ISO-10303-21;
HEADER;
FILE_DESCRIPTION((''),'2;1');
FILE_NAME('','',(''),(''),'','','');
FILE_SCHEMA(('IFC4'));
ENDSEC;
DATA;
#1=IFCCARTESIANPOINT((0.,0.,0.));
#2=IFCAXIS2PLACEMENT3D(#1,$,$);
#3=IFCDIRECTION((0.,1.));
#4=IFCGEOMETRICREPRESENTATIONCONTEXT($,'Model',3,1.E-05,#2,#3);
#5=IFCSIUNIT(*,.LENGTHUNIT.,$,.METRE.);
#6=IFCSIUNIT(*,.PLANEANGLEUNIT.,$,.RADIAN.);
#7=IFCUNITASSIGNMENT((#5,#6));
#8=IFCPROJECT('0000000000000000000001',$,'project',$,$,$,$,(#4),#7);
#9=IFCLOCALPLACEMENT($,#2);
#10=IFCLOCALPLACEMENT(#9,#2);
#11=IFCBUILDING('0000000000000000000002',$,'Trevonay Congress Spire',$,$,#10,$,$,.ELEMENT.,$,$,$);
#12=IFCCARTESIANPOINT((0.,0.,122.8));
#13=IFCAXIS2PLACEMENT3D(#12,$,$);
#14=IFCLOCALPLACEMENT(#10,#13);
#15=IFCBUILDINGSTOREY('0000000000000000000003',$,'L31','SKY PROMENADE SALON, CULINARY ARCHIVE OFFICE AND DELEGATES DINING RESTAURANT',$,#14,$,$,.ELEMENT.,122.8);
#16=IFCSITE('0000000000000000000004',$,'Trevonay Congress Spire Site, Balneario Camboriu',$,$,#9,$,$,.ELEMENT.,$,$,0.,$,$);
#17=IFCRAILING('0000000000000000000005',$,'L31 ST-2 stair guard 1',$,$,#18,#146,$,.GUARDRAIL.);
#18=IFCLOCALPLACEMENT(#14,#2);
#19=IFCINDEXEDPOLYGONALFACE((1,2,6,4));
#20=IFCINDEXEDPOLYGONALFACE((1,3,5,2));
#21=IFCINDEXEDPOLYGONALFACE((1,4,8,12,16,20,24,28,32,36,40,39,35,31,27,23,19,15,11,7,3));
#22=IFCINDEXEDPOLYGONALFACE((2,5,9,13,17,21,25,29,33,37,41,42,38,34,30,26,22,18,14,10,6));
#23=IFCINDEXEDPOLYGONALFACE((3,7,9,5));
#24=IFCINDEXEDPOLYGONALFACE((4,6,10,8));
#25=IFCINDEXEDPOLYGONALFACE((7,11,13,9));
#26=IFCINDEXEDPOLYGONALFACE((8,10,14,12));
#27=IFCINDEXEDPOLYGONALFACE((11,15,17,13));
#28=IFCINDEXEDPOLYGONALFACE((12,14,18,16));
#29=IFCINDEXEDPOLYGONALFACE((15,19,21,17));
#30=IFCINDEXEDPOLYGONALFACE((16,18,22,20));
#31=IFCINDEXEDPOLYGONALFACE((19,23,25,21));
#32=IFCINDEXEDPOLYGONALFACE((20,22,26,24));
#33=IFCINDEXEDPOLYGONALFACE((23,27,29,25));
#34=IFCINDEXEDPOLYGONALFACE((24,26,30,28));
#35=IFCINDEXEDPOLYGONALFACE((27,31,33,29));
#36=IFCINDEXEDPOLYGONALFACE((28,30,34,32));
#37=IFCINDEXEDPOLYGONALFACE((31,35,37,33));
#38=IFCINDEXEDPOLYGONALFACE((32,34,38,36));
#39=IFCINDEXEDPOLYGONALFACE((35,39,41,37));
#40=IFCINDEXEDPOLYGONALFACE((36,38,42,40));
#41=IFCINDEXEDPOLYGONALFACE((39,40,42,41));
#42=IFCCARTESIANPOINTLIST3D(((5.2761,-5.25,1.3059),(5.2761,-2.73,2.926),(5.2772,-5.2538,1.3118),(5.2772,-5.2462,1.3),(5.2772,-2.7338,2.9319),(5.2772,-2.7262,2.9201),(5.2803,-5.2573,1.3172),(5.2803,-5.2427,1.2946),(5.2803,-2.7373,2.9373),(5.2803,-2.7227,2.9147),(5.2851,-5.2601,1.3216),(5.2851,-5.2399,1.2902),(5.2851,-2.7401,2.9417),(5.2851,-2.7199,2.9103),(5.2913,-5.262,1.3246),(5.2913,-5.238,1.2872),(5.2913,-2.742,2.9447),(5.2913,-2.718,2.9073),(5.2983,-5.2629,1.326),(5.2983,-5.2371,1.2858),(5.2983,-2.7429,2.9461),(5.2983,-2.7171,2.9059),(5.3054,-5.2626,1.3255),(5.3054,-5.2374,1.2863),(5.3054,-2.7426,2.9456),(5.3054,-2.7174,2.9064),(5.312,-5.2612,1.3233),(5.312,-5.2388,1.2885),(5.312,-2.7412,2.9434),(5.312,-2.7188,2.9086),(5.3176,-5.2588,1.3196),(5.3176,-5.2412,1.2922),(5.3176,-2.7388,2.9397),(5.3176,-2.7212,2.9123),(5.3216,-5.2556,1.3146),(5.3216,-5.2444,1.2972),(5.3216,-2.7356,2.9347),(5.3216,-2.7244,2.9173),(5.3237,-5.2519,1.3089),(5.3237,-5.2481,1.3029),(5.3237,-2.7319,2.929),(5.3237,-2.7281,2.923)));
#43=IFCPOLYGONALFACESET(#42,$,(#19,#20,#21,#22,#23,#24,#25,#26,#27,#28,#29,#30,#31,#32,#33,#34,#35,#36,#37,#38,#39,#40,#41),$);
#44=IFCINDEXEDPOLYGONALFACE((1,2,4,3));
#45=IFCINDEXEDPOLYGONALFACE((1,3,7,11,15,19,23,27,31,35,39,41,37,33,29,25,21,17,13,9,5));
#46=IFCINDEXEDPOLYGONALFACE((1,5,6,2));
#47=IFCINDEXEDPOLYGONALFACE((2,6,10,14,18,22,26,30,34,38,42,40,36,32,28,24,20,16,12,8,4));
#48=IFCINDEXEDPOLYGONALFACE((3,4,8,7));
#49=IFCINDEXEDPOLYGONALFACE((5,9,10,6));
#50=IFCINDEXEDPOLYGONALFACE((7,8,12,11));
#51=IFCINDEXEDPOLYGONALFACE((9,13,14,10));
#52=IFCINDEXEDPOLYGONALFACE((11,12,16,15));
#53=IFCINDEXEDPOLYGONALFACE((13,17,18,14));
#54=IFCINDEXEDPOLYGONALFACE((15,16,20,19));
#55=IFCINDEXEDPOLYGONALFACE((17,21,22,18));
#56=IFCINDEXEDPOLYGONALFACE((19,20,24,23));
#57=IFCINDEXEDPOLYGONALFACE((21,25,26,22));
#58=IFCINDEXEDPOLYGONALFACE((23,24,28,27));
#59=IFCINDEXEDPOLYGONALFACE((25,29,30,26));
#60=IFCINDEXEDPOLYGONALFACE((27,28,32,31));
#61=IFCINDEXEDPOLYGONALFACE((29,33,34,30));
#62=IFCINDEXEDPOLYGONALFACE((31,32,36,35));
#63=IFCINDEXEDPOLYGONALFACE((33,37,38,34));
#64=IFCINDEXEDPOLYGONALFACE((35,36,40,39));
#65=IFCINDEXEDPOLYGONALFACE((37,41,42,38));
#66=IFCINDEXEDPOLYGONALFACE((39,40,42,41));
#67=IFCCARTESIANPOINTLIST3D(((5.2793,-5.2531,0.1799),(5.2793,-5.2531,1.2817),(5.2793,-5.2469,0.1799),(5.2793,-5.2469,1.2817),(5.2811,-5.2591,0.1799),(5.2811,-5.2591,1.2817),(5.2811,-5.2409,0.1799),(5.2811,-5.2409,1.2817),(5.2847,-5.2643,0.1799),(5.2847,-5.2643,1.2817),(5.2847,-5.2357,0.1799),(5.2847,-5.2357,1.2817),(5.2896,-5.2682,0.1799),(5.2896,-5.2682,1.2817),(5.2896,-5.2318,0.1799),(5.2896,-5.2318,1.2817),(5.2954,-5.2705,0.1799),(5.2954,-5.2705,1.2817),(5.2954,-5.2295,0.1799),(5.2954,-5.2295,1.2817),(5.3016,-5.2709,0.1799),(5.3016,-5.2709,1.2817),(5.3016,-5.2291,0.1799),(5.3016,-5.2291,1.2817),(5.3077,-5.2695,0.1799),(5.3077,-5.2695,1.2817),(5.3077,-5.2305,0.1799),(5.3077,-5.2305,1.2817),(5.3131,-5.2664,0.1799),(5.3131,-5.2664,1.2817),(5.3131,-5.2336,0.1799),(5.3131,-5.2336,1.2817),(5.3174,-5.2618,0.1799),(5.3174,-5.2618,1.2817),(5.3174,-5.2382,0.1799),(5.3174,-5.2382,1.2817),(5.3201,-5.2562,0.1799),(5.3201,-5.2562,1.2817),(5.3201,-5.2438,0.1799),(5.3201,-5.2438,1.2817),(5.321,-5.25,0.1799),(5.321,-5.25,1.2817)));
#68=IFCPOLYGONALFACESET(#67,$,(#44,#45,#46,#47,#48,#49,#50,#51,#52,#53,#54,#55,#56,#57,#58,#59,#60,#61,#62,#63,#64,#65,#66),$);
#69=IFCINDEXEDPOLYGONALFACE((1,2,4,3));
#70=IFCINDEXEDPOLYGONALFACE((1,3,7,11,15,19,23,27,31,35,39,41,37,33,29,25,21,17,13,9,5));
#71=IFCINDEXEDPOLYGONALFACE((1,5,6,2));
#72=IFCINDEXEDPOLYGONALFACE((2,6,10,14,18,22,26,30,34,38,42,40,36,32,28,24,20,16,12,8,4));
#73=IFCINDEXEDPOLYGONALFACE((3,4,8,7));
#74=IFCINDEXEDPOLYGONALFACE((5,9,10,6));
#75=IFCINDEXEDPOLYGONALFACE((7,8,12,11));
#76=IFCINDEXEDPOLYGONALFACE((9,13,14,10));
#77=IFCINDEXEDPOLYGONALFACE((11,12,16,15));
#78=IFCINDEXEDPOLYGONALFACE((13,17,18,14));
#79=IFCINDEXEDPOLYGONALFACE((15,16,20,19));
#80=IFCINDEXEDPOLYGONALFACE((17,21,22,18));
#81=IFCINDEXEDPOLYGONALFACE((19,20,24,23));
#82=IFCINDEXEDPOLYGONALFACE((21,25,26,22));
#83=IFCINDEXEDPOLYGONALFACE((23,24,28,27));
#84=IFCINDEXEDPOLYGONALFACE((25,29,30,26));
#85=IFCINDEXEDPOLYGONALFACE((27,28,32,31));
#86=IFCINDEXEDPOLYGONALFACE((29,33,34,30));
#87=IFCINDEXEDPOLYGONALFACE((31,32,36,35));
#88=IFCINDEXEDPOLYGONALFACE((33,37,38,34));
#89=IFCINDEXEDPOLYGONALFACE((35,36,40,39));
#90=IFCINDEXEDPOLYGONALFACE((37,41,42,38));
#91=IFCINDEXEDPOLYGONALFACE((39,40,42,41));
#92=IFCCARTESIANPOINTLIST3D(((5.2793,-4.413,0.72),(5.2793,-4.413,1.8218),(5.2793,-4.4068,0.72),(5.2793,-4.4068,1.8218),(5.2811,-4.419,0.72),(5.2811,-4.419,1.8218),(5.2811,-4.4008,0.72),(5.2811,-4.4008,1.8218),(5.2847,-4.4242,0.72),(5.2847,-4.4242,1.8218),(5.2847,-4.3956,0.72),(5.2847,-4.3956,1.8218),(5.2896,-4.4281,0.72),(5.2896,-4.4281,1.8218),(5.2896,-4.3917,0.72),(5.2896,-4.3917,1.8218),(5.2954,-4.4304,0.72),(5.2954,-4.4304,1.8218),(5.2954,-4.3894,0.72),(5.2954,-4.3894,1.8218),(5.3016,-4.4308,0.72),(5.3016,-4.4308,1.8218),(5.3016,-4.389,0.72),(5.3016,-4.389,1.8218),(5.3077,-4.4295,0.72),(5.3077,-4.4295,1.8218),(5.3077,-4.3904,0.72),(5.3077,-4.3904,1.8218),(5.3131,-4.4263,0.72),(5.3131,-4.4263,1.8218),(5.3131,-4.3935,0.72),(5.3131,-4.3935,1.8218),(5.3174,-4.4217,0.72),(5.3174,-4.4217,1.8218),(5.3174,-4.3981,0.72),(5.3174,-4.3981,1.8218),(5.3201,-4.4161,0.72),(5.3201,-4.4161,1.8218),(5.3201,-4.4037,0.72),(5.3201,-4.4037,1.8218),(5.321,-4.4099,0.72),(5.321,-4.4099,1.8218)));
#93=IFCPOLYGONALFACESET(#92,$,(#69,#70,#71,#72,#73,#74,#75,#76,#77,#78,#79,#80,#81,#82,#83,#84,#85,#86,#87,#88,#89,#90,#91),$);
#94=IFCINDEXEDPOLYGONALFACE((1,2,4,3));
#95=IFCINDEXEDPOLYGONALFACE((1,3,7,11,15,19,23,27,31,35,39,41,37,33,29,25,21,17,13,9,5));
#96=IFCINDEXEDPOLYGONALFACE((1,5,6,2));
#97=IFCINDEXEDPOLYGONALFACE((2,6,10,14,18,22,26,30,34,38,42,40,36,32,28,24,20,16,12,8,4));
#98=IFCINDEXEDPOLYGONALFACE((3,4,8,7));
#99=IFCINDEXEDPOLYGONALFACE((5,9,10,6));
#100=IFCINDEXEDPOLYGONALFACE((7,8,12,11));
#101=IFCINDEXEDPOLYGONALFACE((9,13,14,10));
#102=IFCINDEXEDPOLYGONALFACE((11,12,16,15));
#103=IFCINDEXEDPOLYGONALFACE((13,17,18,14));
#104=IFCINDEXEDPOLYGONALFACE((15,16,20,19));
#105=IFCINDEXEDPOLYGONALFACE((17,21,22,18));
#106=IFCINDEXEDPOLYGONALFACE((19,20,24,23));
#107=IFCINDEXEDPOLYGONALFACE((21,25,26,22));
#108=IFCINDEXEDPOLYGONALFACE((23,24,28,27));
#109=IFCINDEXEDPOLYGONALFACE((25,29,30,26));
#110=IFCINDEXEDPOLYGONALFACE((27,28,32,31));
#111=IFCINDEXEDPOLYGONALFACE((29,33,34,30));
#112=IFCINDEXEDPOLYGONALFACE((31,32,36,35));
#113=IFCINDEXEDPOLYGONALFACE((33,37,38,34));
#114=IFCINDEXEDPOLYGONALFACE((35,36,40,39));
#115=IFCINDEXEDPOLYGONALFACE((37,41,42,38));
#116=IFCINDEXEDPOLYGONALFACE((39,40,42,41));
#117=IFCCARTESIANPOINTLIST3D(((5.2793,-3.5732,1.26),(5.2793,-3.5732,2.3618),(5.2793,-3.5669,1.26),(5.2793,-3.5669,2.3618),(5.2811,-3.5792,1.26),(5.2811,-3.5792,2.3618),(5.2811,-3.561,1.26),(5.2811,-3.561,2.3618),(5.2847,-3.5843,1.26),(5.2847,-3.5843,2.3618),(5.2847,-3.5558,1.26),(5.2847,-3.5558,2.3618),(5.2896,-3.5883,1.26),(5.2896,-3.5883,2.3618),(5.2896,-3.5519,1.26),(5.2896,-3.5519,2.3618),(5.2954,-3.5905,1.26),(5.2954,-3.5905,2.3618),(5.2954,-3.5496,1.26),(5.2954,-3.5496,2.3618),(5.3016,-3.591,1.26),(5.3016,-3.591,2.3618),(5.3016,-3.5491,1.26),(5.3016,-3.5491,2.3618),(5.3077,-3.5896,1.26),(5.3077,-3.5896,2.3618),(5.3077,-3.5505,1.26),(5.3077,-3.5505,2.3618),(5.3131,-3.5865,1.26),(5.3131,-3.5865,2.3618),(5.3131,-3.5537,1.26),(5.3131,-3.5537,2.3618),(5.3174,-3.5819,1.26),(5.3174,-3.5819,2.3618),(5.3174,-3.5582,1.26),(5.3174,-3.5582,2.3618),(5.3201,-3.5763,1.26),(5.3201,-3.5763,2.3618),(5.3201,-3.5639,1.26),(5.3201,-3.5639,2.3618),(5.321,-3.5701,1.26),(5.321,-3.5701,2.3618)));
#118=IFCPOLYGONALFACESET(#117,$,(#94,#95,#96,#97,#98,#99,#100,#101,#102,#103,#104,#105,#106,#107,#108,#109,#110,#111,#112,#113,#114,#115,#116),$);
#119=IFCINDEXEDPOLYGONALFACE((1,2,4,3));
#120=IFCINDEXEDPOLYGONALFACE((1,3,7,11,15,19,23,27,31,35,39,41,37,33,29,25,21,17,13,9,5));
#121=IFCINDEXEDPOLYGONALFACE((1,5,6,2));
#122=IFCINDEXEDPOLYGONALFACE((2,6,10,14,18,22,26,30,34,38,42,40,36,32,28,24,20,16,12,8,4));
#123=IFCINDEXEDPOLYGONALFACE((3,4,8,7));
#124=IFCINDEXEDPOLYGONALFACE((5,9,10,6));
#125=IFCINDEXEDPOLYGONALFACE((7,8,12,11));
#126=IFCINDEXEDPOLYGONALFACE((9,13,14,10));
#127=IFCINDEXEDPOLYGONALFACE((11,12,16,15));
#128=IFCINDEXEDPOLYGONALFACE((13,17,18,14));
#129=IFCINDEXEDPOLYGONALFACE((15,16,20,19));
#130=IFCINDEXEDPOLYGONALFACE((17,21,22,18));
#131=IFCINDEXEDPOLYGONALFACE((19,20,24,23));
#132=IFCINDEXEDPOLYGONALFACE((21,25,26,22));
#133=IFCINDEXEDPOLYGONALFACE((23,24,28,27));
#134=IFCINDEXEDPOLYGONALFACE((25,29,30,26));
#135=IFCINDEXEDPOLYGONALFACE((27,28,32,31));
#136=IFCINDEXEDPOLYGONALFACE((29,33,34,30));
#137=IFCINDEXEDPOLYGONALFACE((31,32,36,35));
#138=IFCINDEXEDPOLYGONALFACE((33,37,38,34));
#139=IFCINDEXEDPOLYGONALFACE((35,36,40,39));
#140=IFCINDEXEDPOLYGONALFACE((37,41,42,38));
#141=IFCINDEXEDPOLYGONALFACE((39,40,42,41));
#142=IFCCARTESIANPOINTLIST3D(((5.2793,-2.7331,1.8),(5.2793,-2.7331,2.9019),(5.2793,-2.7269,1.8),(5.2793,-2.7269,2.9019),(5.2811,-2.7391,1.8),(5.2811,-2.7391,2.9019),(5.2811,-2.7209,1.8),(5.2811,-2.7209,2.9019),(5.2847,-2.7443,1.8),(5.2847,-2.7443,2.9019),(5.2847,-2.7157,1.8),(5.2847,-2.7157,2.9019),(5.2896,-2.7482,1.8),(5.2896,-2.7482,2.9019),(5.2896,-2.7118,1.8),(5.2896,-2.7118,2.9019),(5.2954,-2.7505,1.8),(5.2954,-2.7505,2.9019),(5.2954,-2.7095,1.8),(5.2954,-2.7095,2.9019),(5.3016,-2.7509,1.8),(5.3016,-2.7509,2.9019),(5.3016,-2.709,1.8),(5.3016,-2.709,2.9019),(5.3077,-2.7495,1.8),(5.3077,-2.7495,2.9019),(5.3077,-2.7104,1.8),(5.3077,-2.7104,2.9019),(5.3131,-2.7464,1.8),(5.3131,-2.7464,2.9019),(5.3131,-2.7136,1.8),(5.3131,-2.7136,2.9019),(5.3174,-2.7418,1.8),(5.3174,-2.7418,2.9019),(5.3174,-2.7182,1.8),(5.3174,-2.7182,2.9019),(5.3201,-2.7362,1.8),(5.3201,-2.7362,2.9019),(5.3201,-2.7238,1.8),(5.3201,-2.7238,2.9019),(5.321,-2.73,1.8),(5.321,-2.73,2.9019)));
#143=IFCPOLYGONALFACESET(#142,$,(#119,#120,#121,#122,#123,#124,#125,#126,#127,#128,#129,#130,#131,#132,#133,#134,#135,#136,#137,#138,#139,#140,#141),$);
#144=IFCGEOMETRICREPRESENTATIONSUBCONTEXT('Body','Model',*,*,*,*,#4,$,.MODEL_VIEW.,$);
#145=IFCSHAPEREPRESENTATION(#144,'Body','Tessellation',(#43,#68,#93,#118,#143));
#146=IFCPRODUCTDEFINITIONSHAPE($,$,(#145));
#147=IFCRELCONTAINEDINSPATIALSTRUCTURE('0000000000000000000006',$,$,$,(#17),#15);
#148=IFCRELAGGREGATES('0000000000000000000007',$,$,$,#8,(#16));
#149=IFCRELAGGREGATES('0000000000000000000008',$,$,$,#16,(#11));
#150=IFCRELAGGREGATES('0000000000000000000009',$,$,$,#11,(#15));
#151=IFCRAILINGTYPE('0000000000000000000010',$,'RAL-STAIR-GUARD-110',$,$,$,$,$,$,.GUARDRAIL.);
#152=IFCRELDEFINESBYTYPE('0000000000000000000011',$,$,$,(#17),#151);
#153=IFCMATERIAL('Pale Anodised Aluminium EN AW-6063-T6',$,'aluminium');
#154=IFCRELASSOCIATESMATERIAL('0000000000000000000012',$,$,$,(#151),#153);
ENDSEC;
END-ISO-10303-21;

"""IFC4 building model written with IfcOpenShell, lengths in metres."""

from ifc_helpers import new_model, si_unit, direction, frame, origin, origin_2d, place, context, subcontext, project, spatial, circle, extrude, material, type_object, element, save


model = new_model("IFC4")

# Units and contexts
model_context = context("Model", 3, precision=1e-05, world=origin(), true_north=direction((0.0, 1.0)))
body_context = subcontext(model_context, "Body", "Model", "MODEL_VIEW")
ifc_project = project(units=[si_unit("LENGTHUNIT", "METRE"), si_unit("PLANEANGLEUNIT", "RADIAN")], contexts=[model_context])

# Site, building, storey
site_placement = place(None, origin())
site = spatial("IfcSite", under=ifc_project, at=site_placement, Name="Trevonay Congress Spire Site, Balneario Camboriu", CompositionType="ELEMENT", RefElevation=0.0)
building_placement = place(site_placement, origin())
building = spatial("IfcBuilding", under=site, at=building_placement, Name="Trevonay Congress Spire", CompositionType="ELEMENT")
storey_placement = place(building_placement, frame((0.0, 0.0, 122.8)))
storey = spatial("IfcBuildingStorey", under=building, at=storey_placement, Name="L31", Description="SKY PROMENADE SALON, CULINARY ARCHIVE OFFICE AND DELEGATES DINING RESTAURANT", CompositionType="ELEMENT", Elevation=122.8)

# Railing
ifc_material_1 = material(Name="Pale Anodised Aluminium EN AW-6063-T6", Category="aluminium")
railing_type_1 = type_object("IfcRailingType", Name="RAL-STAIR-GUARD-110", PredefinedType="GUARDRAIL", material=ifc_material_1)
railing_1_placement = place(storey_placement, frame((5.3, -5.25, 0.1799)))
element("IfcRailing", 1, at=railing_1_placement, inside=storey, type_object=railing_type_1, Name="L31 ST-2 stair guard 1", PredefinedType="GUARDRAIL", context=body_context, shape_type="SweptSolid", body=[
    extrude(circle(Radius=0.0239, at=origin_2d()), frame((0.0, 0.0, 1.126), z_axis=(0.0, 0.841163, 0.540782), x_axis=(-1.0, 0.0, 0.0)), (0.0, 0.0, 1.0), 2.9958),
    extrude(circle(Radius=0.021, at=origin_2d()), origin(), (0.0, 0.0, 1.0), 1.1018),
    extrude(circle(Radius=0.021, at=origin_2d()), frame((0.0, 0.8401, 0.54)), (0.0, 0.0, 1.0), 1.1018),
    extrude(circle(Radius=0.021, at=origin_2d()), frame((0.0, 1.6799, 1.0801)), (0.0, 0.0, 1.0), 1.1018),
    extrude(circle(Radius=0.021, at=origin_2d()), frame((0.0, 2.52, 1.6201)), (0.0, 0.0, 1.0), 1.1018),
])

save(model, "model.ifc")
